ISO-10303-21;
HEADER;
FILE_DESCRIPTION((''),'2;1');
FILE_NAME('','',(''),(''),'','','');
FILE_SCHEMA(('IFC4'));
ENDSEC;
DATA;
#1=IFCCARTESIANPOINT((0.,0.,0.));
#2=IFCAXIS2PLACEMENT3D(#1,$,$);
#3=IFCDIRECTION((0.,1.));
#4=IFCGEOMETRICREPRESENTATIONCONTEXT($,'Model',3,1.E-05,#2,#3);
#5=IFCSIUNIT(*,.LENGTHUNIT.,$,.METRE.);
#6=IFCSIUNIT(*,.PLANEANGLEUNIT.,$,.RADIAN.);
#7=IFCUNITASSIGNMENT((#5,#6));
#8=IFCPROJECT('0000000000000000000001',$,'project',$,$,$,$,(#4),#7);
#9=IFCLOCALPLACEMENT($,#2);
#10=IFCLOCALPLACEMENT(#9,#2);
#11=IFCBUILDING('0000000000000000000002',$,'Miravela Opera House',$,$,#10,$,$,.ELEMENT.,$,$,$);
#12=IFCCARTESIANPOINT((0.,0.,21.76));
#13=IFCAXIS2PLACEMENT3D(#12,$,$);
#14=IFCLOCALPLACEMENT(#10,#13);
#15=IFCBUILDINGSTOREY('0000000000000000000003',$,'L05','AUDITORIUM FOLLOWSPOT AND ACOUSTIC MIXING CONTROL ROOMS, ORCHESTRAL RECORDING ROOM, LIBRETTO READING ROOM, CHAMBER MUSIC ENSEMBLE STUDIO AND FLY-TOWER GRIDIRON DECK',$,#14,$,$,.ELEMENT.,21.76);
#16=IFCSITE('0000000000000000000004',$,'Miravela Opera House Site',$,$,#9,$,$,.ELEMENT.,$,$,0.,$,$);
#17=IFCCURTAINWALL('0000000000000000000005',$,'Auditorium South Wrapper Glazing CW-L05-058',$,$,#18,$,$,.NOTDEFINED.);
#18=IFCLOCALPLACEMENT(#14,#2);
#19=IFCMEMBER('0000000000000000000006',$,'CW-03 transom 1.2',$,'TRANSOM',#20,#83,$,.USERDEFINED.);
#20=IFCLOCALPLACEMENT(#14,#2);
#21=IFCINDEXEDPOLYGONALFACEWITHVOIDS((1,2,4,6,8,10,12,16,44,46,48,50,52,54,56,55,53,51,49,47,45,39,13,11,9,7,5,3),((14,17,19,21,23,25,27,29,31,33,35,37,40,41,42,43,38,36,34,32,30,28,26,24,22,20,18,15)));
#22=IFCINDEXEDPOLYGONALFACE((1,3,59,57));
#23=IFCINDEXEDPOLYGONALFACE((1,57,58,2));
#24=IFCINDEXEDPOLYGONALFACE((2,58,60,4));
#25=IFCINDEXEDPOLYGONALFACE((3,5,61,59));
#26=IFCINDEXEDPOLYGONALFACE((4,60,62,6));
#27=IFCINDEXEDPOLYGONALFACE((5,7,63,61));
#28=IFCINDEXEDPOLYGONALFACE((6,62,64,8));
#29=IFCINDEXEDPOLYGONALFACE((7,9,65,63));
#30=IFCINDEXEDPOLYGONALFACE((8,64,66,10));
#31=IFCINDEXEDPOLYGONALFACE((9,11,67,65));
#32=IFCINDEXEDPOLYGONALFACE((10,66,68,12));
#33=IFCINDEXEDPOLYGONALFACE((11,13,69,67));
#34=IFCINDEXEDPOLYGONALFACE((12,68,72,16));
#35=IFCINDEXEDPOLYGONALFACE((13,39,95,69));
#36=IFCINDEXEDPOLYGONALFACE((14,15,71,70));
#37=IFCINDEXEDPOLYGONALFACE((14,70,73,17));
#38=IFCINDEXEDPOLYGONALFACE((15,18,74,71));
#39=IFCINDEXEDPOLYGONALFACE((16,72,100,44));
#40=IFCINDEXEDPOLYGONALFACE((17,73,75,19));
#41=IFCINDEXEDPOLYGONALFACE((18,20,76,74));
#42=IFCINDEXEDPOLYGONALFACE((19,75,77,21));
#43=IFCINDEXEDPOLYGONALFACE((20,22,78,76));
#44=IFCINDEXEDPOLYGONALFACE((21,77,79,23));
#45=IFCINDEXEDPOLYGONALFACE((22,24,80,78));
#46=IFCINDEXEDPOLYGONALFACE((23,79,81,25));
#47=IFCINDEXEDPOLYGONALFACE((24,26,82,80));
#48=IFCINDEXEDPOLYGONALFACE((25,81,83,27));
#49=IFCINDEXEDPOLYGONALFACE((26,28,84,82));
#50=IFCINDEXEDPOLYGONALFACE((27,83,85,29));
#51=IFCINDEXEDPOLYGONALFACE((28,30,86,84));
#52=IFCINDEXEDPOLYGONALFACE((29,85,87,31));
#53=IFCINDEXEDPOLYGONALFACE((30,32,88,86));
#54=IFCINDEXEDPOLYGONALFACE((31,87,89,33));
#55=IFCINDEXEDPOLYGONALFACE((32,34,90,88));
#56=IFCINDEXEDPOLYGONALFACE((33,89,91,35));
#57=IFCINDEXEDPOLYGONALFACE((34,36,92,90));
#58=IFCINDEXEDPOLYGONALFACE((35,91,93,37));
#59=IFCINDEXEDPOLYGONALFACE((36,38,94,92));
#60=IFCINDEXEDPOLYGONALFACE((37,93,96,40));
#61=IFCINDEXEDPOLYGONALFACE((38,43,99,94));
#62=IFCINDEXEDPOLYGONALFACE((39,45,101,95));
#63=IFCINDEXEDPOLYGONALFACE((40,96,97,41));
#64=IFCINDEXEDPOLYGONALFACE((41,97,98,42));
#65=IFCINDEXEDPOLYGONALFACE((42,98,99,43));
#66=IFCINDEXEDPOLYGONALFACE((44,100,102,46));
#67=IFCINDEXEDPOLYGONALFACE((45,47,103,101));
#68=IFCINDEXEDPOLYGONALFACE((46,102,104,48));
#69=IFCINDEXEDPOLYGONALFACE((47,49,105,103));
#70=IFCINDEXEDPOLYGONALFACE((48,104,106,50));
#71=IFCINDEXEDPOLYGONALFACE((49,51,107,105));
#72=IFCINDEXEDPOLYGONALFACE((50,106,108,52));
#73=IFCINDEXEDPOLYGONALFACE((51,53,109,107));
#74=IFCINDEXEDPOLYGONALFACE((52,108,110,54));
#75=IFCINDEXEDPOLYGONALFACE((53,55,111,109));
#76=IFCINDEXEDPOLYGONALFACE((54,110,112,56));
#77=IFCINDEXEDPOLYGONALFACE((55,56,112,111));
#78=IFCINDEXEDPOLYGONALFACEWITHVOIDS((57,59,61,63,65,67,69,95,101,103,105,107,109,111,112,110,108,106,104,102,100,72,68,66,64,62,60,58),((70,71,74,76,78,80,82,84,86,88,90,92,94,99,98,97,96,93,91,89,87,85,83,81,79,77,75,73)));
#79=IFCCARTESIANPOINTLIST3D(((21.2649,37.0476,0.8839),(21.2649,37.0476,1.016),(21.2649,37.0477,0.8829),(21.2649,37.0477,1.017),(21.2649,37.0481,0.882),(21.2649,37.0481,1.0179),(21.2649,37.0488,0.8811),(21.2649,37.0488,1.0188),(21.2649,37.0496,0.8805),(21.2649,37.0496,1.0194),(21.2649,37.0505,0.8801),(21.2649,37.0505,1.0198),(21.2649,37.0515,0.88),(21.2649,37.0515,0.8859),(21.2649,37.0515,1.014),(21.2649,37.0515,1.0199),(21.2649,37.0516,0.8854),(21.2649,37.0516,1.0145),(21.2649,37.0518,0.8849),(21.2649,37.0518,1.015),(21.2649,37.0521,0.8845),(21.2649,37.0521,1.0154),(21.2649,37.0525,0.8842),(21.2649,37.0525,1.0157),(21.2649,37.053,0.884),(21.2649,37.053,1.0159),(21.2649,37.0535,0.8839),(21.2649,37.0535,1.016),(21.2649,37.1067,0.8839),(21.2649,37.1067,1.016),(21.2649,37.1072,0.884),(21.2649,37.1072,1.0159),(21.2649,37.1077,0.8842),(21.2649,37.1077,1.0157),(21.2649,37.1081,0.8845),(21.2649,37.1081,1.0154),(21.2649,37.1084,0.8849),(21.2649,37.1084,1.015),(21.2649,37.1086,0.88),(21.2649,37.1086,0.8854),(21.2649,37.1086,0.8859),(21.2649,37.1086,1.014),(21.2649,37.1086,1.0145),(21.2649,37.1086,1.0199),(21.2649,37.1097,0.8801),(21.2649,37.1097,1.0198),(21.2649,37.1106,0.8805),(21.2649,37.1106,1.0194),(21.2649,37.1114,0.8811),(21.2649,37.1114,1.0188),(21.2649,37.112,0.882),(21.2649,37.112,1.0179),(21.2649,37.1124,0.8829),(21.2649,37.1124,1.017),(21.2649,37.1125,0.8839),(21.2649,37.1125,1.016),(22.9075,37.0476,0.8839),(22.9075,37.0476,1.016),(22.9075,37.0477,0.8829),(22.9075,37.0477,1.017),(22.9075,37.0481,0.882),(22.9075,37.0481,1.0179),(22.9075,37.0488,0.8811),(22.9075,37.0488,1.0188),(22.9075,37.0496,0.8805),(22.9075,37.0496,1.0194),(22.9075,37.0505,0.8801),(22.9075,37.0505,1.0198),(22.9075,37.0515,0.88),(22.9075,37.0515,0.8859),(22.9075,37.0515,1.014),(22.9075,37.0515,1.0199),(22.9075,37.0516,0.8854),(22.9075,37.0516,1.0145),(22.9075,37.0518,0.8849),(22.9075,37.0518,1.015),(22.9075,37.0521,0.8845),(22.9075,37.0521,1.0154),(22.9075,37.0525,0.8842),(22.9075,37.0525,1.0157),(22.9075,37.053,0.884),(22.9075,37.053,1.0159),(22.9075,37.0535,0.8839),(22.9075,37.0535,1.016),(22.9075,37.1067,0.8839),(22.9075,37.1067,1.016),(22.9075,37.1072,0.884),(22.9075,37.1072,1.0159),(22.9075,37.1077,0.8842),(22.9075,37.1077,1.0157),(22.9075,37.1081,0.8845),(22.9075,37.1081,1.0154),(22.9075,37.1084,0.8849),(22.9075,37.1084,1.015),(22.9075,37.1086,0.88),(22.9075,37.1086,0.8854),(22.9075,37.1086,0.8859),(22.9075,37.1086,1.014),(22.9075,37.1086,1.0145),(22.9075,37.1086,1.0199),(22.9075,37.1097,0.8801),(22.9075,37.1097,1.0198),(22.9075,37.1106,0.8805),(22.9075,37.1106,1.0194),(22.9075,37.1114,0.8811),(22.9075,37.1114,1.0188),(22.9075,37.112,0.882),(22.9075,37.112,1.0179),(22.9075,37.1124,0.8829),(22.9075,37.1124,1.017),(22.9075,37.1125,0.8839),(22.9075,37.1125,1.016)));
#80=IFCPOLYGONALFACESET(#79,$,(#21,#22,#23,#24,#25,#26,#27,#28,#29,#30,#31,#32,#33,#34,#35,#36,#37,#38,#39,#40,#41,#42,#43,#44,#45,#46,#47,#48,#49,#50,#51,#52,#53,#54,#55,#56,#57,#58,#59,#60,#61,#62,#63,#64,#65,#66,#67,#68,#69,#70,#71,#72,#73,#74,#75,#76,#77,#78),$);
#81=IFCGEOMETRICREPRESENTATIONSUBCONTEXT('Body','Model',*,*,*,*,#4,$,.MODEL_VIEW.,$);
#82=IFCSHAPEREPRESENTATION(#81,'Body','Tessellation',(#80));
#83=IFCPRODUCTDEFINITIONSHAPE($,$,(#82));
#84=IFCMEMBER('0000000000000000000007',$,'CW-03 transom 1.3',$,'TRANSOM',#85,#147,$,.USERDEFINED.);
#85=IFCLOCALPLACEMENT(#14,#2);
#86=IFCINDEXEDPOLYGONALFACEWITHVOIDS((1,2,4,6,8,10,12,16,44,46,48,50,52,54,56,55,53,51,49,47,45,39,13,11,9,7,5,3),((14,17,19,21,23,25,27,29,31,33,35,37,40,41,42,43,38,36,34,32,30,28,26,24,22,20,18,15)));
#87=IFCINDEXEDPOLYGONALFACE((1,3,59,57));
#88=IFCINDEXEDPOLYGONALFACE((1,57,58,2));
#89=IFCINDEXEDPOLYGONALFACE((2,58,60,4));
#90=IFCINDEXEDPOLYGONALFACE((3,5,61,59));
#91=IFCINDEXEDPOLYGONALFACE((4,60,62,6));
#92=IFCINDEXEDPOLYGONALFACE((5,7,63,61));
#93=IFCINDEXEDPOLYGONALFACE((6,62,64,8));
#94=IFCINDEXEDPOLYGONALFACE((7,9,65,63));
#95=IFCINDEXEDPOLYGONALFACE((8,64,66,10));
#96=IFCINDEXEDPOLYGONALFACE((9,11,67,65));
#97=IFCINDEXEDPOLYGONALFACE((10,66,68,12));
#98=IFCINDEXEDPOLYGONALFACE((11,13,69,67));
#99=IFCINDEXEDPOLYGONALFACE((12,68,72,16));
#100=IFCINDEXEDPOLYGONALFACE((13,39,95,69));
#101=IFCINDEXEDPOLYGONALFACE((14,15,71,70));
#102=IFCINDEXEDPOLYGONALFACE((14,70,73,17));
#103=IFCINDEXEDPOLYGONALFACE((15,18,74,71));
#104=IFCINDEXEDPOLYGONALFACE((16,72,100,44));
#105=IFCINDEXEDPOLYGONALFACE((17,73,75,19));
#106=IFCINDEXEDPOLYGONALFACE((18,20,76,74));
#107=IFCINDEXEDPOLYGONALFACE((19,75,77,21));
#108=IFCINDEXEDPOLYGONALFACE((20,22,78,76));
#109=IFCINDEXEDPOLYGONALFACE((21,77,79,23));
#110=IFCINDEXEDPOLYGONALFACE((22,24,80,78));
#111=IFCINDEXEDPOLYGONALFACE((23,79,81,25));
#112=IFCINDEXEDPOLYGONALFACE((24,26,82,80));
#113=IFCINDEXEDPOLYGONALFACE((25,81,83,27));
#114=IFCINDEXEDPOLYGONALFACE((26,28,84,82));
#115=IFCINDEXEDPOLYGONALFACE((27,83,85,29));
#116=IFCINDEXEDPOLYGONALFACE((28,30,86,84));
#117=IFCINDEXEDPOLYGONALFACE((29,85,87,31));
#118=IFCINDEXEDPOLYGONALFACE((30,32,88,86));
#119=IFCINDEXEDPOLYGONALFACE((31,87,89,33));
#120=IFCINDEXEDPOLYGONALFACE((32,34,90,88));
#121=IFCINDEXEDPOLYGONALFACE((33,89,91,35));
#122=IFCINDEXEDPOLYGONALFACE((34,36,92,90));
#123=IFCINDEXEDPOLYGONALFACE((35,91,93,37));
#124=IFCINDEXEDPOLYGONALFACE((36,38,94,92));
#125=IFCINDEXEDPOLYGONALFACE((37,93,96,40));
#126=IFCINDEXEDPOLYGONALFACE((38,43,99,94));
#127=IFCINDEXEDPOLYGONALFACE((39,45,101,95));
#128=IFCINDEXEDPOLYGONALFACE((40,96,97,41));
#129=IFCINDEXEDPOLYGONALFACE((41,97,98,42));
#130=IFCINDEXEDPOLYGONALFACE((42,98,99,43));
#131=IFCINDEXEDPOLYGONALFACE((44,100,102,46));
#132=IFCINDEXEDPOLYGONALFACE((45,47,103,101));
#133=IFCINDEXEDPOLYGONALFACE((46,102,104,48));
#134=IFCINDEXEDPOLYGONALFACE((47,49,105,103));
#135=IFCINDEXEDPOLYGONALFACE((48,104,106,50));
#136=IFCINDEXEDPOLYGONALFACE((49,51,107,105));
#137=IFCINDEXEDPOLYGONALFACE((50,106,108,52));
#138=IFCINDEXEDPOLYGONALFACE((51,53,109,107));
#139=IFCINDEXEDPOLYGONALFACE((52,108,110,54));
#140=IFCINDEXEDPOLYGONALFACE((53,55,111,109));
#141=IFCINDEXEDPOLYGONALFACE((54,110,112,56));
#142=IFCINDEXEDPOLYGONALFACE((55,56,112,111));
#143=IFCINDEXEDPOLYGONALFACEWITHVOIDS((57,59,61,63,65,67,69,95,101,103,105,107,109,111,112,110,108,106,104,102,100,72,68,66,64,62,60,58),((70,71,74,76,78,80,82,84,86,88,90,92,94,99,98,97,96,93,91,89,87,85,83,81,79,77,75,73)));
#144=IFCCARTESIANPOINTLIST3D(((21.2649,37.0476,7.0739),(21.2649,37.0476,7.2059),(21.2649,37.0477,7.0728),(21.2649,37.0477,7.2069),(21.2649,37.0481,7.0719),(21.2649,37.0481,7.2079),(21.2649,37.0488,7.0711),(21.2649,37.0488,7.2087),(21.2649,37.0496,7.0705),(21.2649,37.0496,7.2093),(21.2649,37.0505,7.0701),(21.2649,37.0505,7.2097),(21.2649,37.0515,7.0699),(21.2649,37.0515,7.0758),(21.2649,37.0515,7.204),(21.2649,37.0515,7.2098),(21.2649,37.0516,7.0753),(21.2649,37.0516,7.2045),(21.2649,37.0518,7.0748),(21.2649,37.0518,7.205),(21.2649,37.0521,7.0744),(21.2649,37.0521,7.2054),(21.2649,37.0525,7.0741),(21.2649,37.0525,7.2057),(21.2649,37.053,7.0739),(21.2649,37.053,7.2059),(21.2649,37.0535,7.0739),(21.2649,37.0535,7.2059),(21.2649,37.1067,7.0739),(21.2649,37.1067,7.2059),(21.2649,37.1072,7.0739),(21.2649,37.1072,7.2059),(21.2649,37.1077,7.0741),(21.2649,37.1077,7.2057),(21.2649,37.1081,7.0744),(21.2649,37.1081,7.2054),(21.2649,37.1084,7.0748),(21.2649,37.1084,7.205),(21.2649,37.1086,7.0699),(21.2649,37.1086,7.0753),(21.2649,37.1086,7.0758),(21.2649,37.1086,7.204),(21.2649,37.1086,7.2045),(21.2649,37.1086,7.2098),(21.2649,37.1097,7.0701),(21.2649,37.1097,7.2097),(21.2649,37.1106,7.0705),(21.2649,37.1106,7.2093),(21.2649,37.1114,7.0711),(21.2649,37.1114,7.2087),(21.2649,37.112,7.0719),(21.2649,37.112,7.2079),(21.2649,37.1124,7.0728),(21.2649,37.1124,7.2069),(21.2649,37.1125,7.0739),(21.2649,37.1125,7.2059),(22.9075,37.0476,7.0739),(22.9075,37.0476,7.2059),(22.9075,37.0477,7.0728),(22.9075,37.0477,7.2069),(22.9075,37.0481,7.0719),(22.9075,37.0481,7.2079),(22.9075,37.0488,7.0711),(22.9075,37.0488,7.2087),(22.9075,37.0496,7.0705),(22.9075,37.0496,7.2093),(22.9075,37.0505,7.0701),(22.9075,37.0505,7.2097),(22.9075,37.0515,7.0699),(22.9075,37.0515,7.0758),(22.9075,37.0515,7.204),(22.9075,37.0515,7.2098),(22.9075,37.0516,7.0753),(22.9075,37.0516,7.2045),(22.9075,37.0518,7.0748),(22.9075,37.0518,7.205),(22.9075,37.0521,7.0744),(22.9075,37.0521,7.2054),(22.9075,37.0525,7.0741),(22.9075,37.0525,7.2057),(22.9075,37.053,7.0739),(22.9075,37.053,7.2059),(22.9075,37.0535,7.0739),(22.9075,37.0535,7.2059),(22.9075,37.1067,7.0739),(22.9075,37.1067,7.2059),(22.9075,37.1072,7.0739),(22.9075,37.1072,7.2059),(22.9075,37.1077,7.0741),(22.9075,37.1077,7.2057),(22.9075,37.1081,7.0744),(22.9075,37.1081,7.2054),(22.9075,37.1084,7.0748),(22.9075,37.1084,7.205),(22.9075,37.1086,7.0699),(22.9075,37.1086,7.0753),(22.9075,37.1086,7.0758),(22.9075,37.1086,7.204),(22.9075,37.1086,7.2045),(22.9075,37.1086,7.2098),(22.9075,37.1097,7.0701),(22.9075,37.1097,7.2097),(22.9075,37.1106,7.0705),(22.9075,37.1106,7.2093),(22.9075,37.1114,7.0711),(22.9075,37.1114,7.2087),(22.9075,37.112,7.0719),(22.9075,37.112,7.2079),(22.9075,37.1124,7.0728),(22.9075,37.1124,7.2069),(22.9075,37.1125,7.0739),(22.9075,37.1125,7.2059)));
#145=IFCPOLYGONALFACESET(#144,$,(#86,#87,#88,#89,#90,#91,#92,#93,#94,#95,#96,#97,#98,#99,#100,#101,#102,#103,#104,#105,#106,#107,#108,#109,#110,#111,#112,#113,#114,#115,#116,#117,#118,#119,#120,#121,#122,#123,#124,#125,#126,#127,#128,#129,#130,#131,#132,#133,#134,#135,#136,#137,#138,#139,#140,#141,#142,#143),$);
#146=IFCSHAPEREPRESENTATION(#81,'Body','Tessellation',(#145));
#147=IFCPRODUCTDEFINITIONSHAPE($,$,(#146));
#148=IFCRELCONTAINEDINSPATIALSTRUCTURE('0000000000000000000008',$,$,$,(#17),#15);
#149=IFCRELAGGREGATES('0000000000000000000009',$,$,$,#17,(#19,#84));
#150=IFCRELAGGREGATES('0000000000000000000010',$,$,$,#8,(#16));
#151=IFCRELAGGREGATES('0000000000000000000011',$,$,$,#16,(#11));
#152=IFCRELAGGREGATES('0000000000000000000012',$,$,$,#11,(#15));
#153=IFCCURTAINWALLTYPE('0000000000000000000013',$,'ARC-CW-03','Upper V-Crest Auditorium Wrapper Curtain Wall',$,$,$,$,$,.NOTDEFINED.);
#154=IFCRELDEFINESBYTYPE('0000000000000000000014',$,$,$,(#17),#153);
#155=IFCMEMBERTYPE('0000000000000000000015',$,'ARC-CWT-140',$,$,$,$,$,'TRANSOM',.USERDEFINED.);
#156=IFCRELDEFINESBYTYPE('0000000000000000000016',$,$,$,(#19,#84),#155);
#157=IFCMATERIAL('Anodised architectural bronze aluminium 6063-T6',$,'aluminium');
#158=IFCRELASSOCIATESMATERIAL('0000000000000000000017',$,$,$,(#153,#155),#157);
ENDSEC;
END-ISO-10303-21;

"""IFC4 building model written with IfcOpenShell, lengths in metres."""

from ifc_helpers import new_model, si_unit, direction, frame, origin, origin_2d, place, context, subcontext, project, spatial, hollow_rectangle, extrude, material, material_profile, profile_set, type_object, element, aggregate, save


model = new_model("IFC4")

# Units and contexts
model_context = context("Model", 3, precision=1e-05, world=origin(), true_north=direction((0.0, 1.0)))
body_context = subcontext(model_context, "Body", "Model", "MODEL_VIEW")
ifc_project = project(units=[si_unit("LENGTHUNIT", "METRE"), si_unit("PLANEANGLEUNIT", "RADIAN")], contexts=[model_context])

# Site, building, storey
site_placement = place(None, origin())
site = spatial("IfcSite", under=ifc_project, at=site_placement, Name="Miravela Opera House Site", CompositionType="ELEMENT", RefElevation=0.0)
building_placement = place(site_placement, origin())
building = spatial("IfcBuilding", under=site, at=building_placement, Name="Miravela Opera House", CompositionType="ELEMENT")
storey_placement = place(building_placement, frame((0.0, 0.0, 21.76)))
storey = spatial("IfcBuildingStorey", under=building, at=storey_placement, Name="L05", Description="AUDITORIUM FOLLOWSPOT AND ACOUSTIC MIXING CONTROL ROOMS, ORCHESTRAL RECORDING ROOM, LIBRETTO READING ROOM, CHAMBER MUSIC ENSEMBLE STUDIO AND FLY-TOWER GRIDIRON DECK", CompositionType="ELEMENT", Elevation=21.76)

# Shared definitions
ifc_material_1 = material(Name="Anodised architectural bronze aluminium 6063-T6", Category="aluminium")
curtain_wall_type = type_object("IfcCurtainWallType", Name="ARC-CW-03", Description="Upper V-Crest Auditorium Wrapper Curtain Wall", PredefinedType="NOTDEFINED", material=ifc_material_1)

# Curtain wall
curtain_wall_1_placement = place(storey_placement, origin())
curtain_wall_1 = element("IfcCurtainWall", 1, at=curtain_wall_1_placement, inside=storey, type_object=curtain_wall_type, Name="Auditorium South Wrapper Glazing CW-L05-058", PredefinedType="NOTDEFINED")

# Members
ifc_material_profile_1 = material_profile(ifc_material_1, hollow_rectangle(XDim=0.0649, YDim=0.1399, WallThickness=0.0039, InnerFilletRadius=0.002, OuterFilletRadius=0.0039, at=origin_2d()), Name="CWT-65X140")
ifc_profile_set_1 = profile_set([ifc_material_profile_1])
member_type_1 = type_object("IfcMemberType", Name="ARC-CWT-140", ElementType="TRANSOM", PredefinedType="USERDEFINED", material=ifc_profile_set_1)
member_1_placement = place(storey_placement, frame((21.2649, 37.0801, 0.95), z_axis=(1.0, 0.0, 0.0), x_axis=(0.0, 1.0, 0.0)))
member_1 = element("IfcMember", 2, at=member_1_placement, type_object=member_type_1, Name="CW-03 transom 1.2", ObjectType="TRANSOM", PredefinedType="USERDEFINED", context=body_context, shape_type="SweptSolid", body=[
    extrude(hollow_rectangle(XDim=0.0649, YDim=0.1399, WallThickness=0.0039, InnerFilletRadius=0.002, OuterFilletRadius=0.0039, at=origin_2d()), origin(), (0.0, 0.0, 1.0), 1.6426),
])
member_2_placement = place(storey_placement, frame((21.2649, 37.0801, 7.1399), z_axis=(1.0, 0.0, 0.0), x_axis=(0.0, 1.0, 0.0)))
member_2 = element("IfcMember", 3, at=member_2_placement, type_object=member_type_1, Name="CW-03 transom 1.3", ObjectType="TRANSOM", PredefinedType="USERDEFINED", context=body_context, shape_type="SweptSolid", body=[
    extrude(hollow_rectangle(XDim=0.0649, YDim=0.1399, WallThickness=0.0039, InnerFilletRadius=0.002, OuterFilletRadius=0.0039, at=origin_2d()), origin(), (0.0, 0.0, 1.0), 1.6426),
])
aggregate(curtain_wall_1, [member_1, member_2])

save(model, "model.ifc")
